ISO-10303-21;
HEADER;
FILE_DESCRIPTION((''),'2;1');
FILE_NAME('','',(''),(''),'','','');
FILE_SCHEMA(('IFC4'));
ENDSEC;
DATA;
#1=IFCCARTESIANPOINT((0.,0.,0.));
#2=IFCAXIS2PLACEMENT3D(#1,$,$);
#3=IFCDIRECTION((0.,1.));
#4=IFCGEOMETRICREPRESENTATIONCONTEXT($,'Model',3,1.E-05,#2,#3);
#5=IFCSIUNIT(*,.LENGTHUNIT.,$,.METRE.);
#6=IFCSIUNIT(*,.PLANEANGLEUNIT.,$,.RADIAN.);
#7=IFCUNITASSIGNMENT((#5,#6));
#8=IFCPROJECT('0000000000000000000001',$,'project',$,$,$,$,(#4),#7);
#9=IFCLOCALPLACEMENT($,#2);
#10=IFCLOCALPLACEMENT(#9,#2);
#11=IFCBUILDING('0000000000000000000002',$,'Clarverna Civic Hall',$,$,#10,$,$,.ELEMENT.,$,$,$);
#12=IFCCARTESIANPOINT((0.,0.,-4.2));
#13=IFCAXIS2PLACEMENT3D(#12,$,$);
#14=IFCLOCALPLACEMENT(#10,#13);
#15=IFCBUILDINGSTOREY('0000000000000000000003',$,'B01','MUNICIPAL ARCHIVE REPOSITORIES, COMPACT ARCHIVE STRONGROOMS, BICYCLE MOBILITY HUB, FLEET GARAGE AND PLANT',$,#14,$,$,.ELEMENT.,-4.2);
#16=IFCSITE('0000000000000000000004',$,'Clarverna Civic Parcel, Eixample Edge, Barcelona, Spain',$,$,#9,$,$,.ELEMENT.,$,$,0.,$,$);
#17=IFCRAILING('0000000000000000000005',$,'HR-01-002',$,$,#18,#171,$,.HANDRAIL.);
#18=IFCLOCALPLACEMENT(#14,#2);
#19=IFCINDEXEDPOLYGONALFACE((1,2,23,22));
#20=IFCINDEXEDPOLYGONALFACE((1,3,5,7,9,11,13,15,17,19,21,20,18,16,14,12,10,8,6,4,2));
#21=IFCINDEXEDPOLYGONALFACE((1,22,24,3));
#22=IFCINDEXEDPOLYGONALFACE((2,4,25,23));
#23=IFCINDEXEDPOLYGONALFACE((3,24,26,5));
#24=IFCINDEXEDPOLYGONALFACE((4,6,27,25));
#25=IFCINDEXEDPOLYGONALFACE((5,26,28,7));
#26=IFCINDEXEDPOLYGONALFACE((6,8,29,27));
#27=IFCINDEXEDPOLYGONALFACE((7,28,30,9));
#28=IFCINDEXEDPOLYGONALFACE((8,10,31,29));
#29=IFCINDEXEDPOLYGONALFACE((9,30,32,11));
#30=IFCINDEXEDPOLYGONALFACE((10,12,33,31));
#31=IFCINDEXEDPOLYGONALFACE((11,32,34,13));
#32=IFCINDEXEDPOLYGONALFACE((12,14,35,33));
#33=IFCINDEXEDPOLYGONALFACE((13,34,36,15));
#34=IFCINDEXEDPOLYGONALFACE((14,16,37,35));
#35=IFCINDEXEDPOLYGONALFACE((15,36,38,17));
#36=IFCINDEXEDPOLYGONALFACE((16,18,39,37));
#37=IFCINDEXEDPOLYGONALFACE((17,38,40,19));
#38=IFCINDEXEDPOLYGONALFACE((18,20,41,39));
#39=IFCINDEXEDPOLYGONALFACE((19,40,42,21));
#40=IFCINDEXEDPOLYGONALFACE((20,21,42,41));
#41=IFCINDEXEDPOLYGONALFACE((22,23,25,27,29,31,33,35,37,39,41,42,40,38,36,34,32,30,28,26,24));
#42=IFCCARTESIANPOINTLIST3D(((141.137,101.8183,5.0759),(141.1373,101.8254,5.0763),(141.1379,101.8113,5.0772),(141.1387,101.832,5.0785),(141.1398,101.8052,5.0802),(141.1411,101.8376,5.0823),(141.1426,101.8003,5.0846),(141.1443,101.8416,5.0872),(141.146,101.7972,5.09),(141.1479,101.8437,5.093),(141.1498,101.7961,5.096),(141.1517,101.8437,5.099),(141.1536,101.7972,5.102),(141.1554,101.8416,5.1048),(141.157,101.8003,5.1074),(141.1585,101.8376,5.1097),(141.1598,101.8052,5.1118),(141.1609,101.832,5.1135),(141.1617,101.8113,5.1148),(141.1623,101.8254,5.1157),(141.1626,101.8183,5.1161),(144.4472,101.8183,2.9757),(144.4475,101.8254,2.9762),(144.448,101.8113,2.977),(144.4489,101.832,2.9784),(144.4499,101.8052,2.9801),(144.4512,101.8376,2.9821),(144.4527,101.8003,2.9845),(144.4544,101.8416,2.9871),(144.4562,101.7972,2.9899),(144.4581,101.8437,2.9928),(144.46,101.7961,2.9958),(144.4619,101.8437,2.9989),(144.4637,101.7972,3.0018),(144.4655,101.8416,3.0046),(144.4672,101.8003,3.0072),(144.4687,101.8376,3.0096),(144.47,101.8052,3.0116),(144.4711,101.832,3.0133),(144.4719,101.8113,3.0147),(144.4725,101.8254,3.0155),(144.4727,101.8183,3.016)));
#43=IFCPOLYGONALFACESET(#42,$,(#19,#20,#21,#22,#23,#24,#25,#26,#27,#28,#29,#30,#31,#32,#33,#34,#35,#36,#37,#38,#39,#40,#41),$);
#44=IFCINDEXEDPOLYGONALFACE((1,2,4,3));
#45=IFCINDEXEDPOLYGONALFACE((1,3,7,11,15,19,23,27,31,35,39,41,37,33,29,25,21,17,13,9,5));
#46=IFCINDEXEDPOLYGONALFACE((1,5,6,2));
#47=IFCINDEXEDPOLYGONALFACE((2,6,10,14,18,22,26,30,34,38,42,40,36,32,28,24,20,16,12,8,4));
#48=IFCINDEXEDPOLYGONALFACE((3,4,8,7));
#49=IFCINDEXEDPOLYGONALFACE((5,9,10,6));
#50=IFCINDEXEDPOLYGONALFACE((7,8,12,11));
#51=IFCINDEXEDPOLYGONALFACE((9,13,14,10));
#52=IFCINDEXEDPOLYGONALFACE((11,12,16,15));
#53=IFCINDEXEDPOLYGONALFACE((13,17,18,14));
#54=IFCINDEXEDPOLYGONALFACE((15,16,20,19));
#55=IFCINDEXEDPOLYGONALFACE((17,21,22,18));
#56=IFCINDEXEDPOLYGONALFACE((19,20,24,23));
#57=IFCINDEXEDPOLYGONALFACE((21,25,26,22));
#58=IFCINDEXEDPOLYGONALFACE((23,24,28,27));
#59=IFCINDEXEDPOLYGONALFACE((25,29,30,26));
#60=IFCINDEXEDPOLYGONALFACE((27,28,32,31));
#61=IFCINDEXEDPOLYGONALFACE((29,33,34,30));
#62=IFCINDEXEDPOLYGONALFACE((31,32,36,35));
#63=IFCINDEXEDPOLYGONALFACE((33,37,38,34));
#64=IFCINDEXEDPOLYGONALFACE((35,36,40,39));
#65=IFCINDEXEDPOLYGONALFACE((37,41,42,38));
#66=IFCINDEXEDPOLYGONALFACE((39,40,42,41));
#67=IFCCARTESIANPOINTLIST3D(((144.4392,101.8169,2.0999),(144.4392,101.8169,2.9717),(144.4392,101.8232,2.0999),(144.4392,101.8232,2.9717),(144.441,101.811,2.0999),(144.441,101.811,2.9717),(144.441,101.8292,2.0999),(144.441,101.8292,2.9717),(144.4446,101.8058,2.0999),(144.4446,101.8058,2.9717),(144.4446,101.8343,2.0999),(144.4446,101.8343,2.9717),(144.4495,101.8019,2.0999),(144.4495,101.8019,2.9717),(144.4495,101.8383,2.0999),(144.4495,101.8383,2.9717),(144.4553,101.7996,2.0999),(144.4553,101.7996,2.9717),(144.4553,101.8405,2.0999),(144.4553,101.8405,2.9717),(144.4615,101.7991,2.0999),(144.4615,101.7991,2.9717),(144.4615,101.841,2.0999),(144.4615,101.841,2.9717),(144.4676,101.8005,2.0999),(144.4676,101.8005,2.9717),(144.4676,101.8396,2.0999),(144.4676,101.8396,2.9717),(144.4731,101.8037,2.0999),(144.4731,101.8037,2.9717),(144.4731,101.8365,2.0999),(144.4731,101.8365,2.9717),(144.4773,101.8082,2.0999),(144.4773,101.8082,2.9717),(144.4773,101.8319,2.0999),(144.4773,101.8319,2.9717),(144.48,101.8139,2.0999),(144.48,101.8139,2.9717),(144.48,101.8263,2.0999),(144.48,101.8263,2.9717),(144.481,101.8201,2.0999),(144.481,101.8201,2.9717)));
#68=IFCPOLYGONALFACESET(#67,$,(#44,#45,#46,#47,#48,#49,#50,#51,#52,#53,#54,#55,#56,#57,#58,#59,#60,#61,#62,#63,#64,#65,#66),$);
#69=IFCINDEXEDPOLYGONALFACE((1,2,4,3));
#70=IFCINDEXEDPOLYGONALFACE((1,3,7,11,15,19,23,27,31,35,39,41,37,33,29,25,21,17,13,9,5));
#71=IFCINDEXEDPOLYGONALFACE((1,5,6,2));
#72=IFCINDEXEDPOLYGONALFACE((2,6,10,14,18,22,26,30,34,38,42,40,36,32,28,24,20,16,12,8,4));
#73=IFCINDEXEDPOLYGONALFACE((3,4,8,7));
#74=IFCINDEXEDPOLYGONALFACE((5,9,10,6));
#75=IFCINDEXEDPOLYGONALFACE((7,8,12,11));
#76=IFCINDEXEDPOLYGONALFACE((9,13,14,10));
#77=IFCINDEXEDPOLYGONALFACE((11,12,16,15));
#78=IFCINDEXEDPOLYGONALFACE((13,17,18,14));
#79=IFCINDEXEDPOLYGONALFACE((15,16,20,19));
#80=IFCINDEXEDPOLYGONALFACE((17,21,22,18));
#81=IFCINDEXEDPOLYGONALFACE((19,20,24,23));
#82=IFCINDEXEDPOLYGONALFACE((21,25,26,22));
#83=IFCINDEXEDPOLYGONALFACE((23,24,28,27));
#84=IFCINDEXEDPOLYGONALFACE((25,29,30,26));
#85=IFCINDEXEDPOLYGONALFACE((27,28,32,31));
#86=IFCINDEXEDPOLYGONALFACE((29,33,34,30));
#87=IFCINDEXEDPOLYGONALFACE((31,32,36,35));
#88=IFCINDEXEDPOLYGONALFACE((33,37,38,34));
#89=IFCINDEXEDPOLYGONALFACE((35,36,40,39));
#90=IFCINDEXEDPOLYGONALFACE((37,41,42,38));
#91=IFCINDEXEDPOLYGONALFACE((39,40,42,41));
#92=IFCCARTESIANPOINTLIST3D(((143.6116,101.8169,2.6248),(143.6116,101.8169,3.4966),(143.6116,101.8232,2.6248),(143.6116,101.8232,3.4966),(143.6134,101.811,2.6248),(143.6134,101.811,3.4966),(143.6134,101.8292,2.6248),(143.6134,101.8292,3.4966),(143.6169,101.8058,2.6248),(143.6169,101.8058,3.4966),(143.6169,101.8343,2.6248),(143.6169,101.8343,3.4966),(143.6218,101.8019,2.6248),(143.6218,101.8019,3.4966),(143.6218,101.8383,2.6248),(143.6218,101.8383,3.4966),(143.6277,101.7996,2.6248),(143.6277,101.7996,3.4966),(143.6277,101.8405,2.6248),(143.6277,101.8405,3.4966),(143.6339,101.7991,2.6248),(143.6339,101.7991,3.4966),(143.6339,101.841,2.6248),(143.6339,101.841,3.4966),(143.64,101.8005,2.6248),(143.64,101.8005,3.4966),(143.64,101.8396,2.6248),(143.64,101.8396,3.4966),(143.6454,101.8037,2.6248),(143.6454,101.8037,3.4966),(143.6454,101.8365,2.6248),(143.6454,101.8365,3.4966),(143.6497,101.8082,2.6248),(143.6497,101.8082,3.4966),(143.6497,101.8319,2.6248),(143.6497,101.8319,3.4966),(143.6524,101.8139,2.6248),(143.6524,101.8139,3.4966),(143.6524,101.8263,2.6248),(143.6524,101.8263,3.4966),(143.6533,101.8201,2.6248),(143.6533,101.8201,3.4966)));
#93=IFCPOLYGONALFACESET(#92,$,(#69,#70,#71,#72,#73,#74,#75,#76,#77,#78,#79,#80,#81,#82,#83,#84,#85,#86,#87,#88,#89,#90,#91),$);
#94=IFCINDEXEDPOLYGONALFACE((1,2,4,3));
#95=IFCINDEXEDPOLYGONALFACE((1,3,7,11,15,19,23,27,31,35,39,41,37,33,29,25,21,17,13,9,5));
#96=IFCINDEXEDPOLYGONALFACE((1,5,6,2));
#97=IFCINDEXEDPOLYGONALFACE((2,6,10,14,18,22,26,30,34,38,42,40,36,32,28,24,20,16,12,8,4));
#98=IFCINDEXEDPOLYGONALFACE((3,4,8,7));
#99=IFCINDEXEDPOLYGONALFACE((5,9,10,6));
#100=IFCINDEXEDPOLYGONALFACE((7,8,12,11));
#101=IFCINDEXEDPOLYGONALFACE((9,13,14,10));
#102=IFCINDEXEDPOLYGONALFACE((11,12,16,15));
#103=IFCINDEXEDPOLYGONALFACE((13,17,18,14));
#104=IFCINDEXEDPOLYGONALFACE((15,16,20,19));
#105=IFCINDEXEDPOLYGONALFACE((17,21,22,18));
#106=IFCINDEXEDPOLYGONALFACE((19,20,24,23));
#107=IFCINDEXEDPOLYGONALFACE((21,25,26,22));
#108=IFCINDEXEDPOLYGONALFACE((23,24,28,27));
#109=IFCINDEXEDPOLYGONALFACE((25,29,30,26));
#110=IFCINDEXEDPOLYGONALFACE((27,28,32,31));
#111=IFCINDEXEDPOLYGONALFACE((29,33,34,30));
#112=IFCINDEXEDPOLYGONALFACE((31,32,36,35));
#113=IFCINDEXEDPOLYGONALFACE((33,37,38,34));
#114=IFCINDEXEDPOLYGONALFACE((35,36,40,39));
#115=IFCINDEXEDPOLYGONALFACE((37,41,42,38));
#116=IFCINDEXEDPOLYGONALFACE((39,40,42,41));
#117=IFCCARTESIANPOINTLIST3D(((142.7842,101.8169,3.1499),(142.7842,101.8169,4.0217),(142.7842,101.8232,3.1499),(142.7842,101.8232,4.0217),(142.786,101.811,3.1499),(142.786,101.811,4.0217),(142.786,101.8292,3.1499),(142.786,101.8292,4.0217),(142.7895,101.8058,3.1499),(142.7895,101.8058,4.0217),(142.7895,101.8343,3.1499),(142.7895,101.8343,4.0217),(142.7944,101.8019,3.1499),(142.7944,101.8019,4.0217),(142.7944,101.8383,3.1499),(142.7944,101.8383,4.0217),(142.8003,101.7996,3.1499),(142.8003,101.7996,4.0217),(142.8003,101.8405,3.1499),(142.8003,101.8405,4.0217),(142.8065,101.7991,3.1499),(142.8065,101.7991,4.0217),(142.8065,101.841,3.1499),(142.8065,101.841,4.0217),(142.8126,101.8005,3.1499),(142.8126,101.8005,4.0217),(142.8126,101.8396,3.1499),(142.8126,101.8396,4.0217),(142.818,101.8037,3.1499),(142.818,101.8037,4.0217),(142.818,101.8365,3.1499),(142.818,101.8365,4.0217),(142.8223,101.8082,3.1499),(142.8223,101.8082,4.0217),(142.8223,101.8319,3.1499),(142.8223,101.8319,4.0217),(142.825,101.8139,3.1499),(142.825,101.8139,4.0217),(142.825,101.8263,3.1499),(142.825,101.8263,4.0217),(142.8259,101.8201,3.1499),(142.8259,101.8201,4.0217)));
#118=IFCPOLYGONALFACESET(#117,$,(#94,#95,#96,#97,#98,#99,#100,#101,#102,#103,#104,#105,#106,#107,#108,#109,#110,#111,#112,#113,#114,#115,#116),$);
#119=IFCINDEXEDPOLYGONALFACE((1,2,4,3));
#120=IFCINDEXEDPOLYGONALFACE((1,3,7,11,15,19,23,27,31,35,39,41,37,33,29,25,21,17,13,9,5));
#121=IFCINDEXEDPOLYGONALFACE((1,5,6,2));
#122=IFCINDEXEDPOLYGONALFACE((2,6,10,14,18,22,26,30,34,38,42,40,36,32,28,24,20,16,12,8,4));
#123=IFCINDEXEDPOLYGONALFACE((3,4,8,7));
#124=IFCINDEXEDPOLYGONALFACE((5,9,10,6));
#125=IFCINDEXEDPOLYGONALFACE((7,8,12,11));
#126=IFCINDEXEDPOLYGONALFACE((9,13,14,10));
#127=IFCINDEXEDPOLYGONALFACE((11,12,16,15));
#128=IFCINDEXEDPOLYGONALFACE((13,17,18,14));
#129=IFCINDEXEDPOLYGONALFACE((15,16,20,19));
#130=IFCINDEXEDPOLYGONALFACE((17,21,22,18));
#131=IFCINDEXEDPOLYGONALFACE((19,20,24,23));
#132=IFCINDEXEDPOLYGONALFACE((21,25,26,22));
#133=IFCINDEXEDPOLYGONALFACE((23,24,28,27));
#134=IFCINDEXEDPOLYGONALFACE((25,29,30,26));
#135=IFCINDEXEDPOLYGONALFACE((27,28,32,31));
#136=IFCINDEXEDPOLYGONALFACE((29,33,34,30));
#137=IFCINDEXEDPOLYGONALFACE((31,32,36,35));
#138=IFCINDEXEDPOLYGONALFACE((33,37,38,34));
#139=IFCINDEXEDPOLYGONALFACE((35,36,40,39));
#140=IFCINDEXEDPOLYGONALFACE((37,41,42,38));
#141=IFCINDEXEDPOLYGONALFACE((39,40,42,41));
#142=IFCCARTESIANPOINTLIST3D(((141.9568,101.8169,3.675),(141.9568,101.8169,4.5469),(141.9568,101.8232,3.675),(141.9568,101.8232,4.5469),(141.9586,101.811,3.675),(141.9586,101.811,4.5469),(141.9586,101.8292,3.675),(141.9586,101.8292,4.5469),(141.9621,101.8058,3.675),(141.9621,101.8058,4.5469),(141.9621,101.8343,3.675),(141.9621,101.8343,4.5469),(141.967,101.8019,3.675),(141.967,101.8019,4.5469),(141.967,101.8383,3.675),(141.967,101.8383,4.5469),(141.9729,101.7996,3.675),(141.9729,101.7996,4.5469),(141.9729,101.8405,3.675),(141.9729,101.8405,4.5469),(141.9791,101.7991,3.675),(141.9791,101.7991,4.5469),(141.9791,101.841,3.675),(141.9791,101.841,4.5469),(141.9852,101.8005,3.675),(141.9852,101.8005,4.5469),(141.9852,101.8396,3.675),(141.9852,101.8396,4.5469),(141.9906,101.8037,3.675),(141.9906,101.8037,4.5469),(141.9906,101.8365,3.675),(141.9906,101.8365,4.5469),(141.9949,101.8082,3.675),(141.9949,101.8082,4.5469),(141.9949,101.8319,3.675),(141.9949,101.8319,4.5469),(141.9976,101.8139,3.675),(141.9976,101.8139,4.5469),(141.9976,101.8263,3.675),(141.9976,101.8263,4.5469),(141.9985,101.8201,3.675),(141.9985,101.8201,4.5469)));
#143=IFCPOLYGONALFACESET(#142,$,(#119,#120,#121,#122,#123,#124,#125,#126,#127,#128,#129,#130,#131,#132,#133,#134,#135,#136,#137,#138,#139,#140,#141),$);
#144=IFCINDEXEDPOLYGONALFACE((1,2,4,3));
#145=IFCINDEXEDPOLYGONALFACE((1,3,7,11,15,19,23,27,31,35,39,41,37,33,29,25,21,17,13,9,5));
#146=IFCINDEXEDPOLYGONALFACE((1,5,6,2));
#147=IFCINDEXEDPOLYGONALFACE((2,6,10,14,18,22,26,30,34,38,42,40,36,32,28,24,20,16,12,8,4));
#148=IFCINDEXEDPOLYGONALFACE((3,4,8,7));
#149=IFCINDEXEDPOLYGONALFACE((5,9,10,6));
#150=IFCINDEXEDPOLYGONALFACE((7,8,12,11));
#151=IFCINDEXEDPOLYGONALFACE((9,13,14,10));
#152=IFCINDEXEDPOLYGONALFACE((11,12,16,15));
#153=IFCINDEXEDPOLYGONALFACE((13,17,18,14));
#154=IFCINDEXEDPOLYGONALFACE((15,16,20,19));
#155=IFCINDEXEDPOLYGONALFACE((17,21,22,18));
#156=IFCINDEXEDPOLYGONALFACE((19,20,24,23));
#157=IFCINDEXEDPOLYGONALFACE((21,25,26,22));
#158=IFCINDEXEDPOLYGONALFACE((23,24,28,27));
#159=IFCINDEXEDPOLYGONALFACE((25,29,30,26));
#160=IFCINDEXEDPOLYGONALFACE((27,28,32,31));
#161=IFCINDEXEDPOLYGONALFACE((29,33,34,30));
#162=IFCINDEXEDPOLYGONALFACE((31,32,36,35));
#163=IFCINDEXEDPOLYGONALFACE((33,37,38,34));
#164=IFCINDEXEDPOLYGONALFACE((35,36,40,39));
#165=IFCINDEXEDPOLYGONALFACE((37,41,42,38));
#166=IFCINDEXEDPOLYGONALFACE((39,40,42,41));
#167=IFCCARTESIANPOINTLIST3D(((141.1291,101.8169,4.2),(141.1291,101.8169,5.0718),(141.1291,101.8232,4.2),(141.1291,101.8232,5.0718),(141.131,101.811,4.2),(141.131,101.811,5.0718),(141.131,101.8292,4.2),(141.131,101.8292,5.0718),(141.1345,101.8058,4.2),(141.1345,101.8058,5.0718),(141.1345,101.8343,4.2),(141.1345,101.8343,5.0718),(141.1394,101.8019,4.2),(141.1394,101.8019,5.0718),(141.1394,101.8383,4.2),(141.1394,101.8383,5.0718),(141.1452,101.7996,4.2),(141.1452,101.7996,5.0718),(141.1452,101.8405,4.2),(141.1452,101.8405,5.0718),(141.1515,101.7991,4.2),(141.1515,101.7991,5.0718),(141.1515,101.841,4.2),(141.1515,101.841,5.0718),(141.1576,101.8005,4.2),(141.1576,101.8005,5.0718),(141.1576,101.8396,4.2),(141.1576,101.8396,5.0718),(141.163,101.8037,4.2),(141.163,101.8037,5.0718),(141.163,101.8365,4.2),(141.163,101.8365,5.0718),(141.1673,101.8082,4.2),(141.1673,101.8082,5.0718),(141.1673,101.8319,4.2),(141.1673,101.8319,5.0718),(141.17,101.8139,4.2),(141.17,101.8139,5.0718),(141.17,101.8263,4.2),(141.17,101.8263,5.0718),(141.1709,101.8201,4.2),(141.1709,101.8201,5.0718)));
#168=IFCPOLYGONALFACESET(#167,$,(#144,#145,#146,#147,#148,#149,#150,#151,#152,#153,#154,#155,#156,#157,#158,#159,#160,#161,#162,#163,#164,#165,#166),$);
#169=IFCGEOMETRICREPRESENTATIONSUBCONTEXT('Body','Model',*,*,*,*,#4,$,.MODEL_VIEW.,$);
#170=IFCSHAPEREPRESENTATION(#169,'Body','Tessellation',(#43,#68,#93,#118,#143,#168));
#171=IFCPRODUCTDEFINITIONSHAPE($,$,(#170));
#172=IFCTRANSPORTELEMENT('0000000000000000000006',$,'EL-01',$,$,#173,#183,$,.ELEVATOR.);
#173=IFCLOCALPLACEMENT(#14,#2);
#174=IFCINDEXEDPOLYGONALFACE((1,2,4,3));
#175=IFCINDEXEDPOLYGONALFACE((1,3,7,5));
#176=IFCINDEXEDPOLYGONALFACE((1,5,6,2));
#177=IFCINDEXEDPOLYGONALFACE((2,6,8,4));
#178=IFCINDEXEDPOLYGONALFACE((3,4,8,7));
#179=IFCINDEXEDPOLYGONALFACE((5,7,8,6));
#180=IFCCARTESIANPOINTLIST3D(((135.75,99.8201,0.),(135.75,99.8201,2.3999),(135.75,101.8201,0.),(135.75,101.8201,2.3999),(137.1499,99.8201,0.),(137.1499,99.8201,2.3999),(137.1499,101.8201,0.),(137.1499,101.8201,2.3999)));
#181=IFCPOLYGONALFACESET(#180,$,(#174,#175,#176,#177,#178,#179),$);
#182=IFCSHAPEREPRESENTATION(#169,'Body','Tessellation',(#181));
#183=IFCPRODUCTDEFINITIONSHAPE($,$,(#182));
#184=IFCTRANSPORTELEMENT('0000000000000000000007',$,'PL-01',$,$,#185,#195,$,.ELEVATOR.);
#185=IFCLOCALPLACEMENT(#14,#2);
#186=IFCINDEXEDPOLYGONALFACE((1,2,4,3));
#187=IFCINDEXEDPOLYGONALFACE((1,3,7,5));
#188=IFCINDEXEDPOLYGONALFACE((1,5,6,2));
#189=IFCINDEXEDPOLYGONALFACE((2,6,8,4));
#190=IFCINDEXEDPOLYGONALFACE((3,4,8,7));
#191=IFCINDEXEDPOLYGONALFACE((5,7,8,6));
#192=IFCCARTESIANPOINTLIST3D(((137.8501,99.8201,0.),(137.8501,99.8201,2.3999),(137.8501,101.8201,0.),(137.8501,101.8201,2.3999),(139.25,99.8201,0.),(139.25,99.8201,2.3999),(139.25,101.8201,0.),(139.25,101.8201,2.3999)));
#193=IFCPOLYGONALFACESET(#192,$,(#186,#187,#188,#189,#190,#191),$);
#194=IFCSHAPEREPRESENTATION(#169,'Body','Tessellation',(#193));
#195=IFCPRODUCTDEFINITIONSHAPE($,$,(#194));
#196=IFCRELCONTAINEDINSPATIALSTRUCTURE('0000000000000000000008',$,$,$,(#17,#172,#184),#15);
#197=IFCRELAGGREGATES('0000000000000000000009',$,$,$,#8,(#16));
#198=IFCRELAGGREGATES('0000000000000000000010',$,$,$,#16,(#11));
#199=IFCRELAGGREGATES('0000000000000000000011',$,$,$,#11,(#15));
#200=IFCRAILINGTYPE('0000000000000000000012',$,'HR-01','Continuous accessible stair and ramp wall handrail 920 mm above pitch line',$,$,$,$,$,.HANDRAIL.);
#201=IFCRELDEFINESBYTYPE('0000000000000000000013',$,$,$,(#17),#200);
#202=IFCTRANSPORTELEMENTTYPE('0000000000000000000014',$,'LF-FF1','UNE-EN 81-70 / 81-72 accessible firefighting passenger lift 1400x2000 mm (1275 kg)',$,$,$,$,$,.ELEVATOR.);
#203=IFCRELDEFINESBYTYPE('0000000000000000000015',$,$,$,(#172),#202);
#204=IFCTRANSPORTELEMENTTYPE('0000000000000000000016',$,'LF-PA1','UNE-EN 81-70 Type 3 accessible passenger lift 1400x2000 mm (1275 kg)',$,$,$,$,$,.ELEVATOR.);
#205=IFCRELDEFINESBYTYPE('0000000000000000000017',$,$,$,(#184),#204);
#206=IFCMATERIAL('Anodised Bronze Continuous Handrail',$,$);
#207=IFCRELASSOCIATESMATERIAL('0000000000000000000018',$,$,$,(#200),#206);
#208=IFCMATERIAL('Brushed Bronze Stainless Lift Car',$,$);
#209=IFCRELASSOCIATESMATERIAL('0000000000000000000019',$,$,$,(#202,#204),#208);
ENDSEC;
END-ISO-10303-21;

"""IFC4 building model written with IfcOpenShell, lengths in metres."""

from ifc_helpers import new_model, si_unit, direction, frame, origin, origin_2d, place, context, subcontext, project, spatial, rectangle, circle, extrude, material, type_object, element, save


model = new_model("IFC4")

# Units and contexts
model_context = context("Model", 3, precision=1e-05, world=origin(), true_north=direction((0.0, 1.0)))
body_context = subcontext(model_context, "Body", "Model", "MODEL_VIEW")
ifc_project = project(units=[si_unit("LENGTHUNIT", "METRE"), si_unit("PLANEANGLEUNIT", "RADIAN")], contexts=[model_context])

# Site, building, storey
site_placement = place(None, origin())
site = spatial("IfcSite", under=ifc_project, at=site_placement, Name="Clarverna Civic Parcel, Eixample Edge, Barcelona, Spain", CompositionType="ELEMENT", RefElevation=0.0)
building_placement = place(site_placement, origin())
building = spatial("IfcBuilding", under=site, at=building_placement, Name="Clarverna Civic Hall", CompositionType="ELEMENT")
storey_placement = place(building_placement, frame((0.0, 0.0, -4.2)))
storey = spatial("IfcBuildingStorey", under=building, at=storey_placement, Name="B01", Description="MUNICIPAL ARCHIVE REPOSITORIES, COMPACT ARCHIVE STRONGROOMS, BICYCLE MOBILITY HUB, FLEET GARAGE AND PLANT", CompositionType="ELEMENT", Elevation=-4.2)

# Railing
ifc_material_1 = material(Name="Anodised Bronze Continuous Handrail")
railing_type_1 = type_object("IfcRailingType", Name="HR-01", Description="Continuous accessible stair and ramp wall handrail 920 mm above pitch line", PredefinedType="HANDRAIL", material=ifc_material_1)
railing_1_placement = place(storey_placement, frame((144.46, 101.8201, 2.0999)))
element("IfcRailing", 1, at=railing_1_placement, inside=storey, type_object=railing_type_1, Name="HR-01-002", PredefinedType="HANDRAIL", context=body_context, shape_type="SweptSolid", body=[
    extrude(circle(Radius=0.0239, at=origin_2d()), frame((0.0, 0.0, 0.896), z_axis=(-0.844389, 0.0, 0.535731), x_axis=(0.0, -1.0, 0.0)), (0.0, 0.0, 1.0), 3.9202),
    extrude(circle(Radius=0.021, at=origin_2d()), origin(), (0.0, 0.0, 1.0), 0.8718),
    extrude(circle(Radius=0.021, at=origin_2d()), frame((-0.8276, 0.0, 0.5249)), (0.0, 0.0, 1.0), 0.8718),
    extrude(circle(Radius=0.021, at=origin_2d()), frame((-1.655, 0.0, 1.05)), (0.0, 0.0, 1.0), 0.8718),
    extrude(circle(Radius=0.021, at=origin_2d()), frame((-2.4824, 0.0, 1.5752)), (0.0, 0.0, 1.0), 0.8718),
    extrude(circle(Radius=0.021, at=origin_2d()), frame((-3.3101, 0.0, 2.1001)), (0.0, 0.0, 1.0), 0.8718),
])

# Transport elements
ifc_material_2 = material(Name="Brushed Bronze Stainless Lift Car")
transport_element_type_1 = type_object("IfcTransportElementType", Name="LF-FF1", Description="UNE-EN 81-70 / 81-72 accessible firefighting passenger lift 1400x2000 mm (1275 kg)", PredefinedType="ELEVATOR", material=ifc_material_2)
transport_element_1_placement = place(storey_placement, frame((136.45, 100.8201, 0.0), z_axis=(0.0, 0.0, 1.0), x_axis=(1.0, 0.0, 0.0)))
element("IfcTransportElement", 2, at=transport_element_1_placement, inside=storey, type_object=transport_element_type_1, Name="EL-01", PredefinedType="ELEVATOR", context=body_context, shape_type="SweptSolid", body=[
    extrude(rectangle(XDim=1.3999, YDim=2.0, at=origin_2d()), origin(), (0.0, 0.0, 1.0), 2.3999),
])
transport_element_type_2 = type_object("IfcTransportElementType", Name="LF-PA1", Description="UNE-EN 81-70 Type 3 accessible passenger lift 1400x2000 mm (1275 kg)", PredefinedType="ELEVATOR", material=ifc_material_2)
transport_element_2_placement = place(storey_placement, frame((138.55, 100.8201, 0.0), z_axis=(0.0, 0.0, 1.0), x_axis=(1.0, 0.0, 0.0)))
element("IfcTransportElement", 3, at=transport_element_2_placement, inside=storey, type_object=transport_element_type_2, Name="PL-01", PredefinedType="ELEVATOR", context=body_context, shape_type="SweptSolid", body=[
    extrude(rectangle(XDim=1.3999, YDim=2.0, at=origin_2d()), origin(), (0.0, 0.0, 1.0), 2.3999),
])

save(model, "model.ifc")
